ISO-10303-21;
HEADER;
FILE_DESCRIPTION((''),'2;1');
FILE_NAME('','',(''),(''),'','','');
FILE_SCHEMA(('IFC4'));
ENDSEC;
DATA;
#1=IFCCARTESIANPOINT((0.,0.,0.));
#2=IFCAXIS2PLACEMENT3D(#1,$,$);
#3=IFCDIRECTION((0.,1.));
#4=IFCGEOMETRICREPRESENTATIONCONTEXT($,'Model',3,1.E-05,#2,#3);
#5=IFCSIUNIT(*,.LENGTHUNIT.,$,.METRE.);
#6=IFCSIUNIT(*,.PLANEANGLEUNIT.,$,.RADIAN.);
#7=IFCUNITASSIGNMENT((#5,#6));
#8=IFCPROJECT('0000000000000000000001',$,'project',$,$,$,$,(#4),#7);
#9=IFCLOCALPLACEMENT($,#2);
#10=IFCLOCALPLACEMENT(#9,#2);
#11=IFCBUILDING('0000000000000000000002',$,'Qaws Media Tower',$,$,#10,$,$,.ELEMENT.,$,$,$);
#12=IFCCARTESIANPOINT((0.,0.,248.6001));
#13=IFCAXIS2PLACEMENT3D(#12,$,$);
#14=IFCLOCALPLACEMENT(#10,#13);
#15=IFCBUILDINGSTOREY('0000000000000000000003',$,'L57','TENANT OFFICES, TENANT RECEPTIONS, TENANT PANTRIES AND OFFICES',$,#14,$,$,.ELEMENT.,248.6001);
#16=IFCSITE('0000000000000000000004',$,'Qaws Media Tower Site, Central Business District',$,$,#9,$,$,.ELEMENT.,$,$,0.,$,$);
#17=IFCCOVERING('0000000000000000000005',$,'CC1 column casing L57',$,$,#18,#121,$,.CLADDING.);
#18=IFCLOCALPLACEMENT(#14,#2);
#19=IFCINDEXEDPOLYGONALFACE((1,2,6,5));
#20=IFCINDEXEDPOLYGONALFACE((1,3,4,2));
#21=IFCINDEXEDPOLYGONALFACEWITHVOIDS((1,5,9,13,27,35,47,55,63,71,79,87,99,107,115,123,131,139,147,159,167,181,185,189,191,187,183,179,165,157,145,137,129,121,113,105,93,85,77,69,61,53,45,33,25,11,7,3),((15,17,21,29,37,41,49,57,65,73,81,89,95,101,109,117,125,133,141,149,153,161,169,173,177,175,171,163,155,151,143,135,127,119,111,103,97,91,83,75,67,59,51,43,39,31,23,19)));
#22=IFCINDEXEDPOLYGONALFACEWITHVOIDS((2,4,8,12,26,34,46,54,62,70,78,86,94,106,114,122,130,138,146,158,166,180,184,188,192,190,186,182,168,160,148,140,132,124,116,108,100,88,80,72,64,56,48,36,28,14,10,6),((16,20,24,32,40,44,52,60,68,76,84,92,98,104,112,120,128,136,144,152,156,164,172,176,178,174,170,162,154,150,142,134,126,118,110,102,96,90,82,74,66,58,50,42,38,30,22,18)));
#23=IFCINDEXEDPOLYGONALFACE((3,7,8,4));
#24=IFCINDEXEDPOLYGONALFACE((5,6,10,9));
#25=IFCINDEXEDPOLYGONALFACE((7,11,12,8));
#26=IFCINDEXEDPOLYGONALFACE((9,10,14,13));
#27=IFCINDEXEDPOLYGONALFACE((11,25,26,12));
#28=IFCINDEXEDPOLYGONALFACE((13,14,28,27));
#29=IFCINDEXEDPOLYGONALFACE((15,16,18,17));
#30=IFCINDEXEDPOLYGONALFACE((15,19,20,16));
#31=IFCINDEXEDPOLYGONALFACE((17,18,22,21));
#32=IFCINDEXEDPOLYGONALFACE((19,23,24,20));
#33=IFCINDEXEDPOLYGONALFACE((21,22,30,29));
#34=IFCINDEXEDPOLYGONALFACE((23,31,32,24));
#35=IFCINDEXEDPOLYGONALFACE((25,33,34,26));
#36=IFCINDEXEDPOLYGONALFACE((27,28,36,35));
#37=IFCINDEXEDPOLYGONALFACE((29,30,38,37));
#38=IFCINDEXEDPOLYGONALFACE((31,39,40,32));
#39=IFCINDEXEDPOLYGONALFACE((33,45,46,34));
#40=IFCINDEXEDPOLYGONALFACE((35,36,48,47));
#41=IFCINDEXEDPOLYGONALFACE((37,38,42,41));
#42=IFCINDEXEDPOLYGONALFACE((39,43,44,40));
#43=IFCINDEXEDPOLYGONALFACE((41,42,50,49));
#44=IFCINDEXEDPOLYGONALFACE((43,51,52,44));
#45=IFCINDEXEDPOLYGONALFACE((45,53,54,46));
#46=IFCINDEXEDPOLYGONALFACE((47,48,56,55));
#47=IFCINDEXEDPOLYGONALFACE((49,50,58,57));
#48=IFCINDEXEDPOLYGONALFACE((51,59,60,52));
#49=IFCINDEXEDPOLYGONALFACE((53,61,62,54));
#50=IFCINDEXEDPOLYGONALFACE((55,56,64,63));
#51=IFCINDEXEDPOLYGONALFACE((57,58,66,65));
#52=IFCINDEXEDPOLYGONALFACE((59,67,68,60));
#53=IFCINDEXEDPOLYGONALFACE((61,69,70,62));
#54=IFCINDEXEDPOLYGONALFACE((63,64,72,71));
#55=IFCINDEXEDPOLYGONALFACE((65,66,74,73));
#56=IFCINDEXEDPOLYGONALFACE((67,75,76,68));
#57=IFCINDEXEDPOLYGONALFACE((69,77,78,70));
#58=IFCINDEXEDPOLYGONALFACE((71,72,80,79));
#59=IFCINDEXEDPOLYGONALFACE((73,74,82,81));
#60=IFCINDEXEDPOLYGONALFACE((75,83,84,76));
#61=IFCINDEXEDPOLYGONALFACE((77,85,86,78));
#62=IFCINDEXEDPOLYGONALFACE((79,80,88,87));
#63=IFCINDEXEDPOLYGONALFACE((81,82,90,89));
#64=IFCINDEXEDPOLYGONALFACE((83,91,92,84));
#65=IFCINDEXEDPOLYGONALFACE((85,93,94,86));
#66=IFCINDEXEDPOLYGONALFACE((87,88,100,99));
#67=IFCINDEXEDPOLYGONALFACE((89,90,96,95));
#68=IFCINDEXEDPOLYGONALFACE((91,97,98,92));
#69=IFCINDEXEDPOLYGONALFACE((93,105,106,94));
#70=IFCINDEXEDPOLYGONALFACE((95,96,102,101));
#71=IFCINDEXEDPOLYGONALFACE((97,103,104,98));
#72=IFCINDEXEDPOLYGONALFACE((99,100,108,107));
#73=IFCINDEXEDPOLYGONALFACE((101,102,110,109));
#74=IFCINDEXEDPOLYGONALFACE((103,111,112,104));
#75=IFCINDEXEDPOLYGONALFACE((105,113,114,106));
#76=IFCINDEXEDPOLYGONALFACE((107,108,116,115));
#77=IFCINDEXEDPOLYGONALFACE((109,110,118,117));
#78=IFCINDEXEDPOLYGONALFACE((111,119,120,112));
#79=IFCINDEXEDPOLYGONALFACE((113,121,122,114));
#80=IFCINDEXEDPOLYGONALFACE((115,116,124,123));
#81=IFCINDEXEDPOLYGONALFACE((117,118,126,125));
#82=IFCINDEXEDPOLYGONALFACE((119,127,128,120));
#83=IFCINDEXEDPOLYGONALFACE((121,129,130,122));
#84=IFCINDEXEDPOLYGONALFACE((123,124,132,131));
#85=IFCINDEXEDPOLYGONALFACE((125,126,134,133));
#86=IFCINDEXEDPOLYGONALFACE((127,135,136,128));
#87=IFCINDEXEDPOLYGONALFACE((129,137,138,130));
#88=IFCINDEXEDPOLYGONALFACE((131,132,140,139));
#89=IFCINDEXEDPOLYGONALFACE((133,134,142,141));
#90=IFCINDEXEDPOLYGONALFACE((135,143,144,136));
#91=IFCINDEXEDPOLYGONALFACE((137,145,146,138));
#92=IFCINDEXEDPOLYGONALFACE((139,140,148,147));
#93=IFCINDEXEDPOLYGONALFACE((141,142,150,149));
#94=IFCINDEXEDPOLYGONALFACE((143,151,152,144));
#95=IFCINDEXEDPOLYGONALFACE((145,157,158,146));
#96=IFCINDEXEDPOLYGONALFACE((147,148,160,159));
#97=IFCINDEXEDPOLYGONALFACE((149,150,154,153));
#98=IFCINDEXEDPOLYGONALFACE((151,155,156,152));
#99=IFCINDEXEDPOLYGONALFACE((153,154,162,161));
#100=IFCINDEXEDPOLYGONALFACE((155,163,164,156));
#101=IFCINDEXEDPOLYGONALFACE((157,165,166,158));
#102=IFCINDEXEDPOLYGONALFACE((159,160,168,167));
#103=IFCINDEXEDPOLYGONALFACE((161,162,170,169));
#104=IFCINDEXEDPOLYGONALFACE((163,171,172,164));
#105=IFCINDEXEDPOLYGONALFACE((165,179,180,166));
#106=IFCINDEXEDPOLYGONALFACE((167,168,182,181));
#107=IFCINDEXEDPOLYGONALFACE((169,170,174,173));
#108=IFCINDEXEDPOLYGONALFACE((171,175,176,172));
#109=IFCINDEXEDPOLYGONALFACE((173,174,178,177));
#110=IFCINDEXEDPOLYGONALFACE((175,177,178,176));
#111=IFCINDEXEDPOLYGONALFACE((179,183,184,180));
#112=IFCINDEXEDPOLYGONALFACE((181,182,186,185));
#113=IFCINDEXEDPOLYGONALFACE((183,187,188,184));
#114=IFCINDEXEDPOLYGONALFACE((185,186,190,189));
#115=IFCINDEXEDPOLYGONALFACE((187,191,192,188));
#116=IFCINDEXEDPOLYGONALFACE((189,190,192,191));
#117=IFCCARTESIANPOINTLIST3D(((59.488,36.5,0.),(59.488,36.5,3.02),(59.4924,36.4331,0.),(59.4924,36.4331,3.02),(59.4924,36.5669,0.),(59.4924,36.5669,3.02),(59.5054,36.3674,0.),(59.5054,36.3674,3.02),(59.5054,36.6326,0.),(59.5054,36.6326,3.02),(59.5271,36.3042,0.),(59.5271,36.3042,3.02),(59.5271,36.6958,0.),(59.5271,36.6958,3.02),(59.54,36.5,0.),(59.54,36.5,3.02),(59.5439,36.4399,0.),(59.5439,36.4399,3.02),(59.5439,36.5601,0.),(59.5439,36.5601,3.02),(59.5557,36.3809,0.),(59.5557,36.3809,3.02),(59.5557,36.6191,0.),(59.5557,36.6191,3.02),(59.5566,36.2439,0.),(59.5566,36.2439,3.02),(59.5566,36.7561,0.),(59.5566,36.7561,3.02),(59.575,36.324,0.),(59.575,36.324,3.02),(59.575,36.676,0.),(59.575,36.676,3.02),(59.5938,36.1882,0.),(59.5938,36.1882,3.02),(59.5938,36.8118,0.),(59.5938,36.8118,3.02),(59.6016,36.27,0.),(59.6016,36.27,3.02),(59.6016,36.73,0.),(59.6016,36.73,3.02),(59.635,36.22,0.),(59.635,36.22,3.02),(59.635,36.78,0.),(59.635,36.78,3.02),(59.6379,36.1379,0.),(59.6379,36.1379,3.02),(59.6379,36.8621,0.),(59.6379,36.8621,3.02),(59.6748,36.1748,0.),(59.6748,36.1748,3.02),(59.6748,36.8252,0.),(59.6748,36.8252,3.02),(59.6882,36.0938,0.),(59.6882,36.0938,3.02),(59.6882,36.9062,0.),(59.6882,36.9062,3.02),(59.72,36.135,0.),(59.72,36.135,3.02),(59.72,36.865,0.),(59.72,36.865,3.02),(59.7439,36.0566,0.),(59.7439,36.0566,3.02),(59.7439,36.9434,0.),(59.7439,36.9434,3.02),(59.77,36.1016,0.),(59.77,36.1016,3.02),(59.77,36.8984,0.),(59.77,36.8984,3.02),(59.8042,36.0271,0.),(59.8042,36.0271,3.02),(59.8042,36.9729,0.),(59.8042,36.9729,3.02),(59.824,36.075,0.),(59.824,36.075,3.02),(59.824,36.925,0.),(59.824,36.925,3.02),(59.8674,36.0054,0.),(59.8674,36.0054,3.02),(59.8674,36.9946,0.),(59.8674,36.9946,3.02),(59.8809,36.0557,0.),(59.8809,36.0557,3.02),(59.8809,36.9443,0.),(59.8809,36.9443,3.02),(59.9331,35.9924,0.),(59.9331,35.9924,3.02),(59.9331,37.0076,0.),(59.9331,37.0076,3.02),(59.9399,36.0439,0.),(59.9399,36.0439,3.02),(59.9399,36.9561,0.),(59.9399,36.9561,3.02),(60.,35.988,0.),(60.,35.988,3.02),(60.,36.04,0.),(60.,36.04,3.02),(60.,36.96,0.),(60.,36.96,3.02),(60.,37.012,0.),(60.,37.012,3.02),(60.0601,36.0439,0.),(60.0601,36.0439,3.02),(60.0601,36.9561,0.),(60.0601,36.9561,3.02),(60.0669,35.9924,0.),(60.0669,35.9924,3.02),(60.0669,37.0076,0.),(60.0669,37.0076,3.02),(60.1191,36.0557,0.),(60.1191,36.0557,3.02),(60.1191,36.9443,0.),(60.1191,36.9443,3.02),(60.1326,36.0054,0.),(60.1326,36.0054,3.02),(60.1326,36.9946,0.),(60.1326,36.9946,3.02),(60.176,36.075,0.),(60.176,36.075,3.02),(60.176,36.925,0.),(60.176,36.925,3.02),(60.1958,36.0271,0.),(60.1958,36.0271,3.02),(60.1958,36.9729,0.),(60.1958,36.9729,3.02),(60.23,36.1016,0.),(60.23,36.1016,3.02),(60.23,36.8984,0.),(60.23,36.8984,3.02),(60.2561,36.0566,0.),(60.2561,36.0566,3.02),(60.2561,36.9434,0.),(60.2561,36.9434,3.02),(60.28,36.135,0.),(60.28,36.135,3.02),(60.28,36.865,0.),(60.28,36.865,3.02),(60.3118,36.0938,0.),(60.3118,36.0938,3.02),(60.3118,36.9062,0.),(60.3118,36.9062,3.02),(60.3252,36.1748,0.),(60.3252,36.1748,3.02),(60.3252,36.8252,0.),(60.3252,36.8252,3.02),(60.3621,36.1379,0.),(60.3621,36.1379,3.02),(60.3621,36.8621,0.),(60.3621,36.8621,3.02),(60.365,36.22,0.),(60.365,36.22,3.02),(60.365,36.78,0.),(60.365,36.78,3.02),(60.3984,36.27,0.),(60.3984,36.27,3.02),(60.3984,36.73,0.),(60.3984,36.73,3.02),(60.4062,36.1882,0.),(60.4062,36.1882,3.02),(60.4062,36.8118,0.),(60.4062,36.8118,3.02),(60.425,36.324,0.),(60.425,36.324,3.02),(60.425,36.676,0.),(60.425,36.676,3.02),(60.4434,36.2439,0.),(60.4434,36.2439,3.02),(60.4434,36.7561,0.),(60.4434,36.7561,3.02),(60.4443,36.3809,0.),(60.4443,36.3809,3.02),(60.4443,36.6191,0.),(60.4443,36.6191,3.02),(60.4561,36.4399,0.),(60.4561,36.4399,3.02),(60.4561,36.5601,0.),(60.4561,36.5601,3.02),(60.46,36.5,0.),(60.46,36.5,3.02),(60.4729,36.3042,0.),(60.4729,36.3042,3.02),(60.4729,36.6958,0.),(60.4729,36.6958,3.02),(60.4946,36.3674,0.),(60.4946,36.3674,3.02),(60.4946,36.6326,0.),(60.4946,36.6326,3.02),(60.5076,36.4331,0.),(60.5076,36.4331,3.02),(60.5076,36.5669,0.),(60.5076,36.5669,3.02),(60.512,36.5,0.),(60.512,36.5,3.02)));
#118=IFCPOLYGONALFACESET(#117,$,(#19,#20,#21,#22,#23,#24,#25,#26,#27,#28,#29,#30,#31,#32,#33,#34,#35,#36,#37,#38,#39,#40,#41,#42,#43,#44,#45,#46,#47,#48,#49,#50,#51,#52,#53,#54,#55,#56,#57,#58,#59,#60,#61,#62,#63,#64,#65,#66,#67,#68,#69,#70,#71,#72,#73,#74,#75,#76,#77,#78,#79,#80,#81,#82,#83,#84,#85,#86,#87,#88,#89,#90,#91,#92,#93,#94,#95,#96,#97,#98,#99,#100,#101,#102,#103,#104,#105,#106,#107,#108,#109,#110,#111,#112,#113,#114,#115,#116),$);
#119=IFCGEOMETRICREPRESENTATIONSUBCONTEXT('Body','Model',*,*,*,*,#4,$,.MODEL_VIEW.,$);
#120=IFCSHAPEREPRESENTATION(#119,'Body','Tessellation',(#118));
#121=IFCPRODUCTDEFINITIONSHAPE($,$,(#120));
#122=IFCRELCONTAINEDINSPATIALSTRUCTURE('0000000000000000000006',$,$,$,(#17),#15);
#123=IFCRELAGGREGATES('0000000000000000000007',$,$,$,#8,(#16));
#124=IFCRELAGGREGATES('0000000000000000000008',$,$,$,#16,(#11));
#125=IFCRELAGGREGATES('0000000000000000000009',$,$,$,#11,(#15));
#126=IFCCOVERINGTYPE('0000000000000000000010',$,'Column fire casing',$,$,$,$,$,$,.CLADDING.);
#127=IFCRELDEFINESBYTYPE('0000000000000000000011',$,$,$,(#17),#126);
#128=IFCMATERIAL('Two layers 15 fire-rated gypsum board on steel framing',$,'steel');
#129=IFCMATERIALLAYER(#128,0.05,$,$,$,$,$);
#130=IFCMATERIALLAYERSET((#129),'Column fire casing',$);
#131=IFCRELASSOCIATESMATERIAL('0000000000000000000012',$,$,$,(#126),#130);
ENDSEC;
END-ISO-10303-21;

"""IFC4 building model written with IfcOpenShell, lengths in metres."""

from ifc_helpers import new_model, si_unit, direction, frame, origin, place, context, subcontext, project, spatial, polyline, outline, extrude, material, layer, layer_set, type_object, element, save


model = new_model("IFC4")

# Units and contexts
model_context = context("Model", 3, precision=1e-05, world=origin(), true_north=direction((0.0, 1.0)))
body_context = subcontext(model_context, "Body", "Model", "MODEL_VIEW")
ifc_project = project(units=[si_unit("LENGTHUNIT", "METRE"), si_unit("PLANEANGLEUNIT", "RADIAN")], contexts=[model_context])

# Site, building, storey
site_placement = place(None, origin())
site = spatial("IfcSite", under=ifc_project, at=site_placement, Name="Qaws Media Tower Site, Central Business District", CompositionType="ELEMENT", RefElevation=0.0)
building_placement = place(site_placement, origin())
building = spatial("IfcBuilding", under=site, at=building_placement, Name="Qaws Media Tower", CompositionType="ELEMENT")
storey_placement = place(building_placement, frame((0.0, 0.0, 248.6001)))
storey = spatial("IfcBuildingStorey", under=building, at=storey_placement, Name="L57", Description="TENANT OFFICES, TENANT RECEPTIONS, TENANT PANTRIES AND OFFICES", CompositionType="ELEMENT", Elevation=248.6001)

# Covering
ifc_material_1 = material(Name="Two layers 15 fire-rated gypsum board on steel framing", Category="steel")
ifc_layer_1 = layer(ifc_material_1, 0.05)
ifc_layer_set_1 = layer_set([ifc_layer_1], Name="Column fire casing")
covering_type = type_object("IfcCoveringType", Name="Column fire casing", PredefinedType="CLADDING", material=ifc_layer_set_1)
covering_1_placement = place(storey_placement, origin())
element("IfcCovering", 1, at=covering_1_placement, inside=storey, type_object=covering_type, Name="CC1 column casing L57", PredefinedType="CLADDING", context=body_context, shape_type="SweptSolid", body=[
    extrude(outline(polyline([(60.512, 36.5), (60.5076, 36.4331), (60.4946, 36.3674), (60.4729, 36.3042), (60.4434, 36.2439), (60.4062, 36.1882), (60.3621, 36.1379), (60.3118, 36.0938), (60.2561, 36.0566), (60.1958, 36.0271), (60.1326, 36.0054), (60.0669, 35.9924), (60.0, 35.988), (59.9331, 35.9924), (59.8674, 36.0054), (59.8042, 36.0271), (59.7439, 36.0566), (59.6882, 36.0938), (59.6379, 36.1379), (59.5938, 36.1882), (59.5566, 36.2439), (59.5271, 36.3042), (59.5054, 36.3674), (59.4924, 36.4331), (59.488, 36.5), (59.4924, 36.5669), (59.5054, 36.6326), (59.5271, 36.6958), (59.5566, 36.7561), (59.5938, 36.8118), (59.6379, 36.8621), (59.6882, 36.9062), (59.7439, 36.9434), (59.8042, 36.9729), (59.8674, 36.9946), (59.9331, 37.0076), (60.0, 37.012), (60.0669, 37.0076), (60.1326, 36.9946), (60.1958, 36.9729), (60.2561, 36.9434), (60.3118, 36.9062), (60.3621, 36.8621), (60.4062, 36.8118), (60.4434, 36.7561), (60.4729, 36.6958), (60.4946, 36.6326), (60.5076, 36.5669), (60.512, 36.5)]), holes=[polyline([(60.46, 36.5), (60.4561, 36.4399), (60.4443, 36.3809), (60.425, 36.324), (60.3984, 36.27), (60.365, 36.22), (60.3252, 36.1748), (60.28, 36.135), (60.23, 36.1016), (60.176, 36.075), (60.1191, 36.0557), (60.0601, 36.0439), (60.0, 36.04), (59.9399, 36.0439), (59.8809, 36.0557), (59.824, 36.075), (59.77, 36.1016), (59.72, 36.135), (59.6748, 36.1748), (59.635, 36.22), (59.6016, 36.27), (59.575, 36.324), (59.5557, 36.3809), (59.5439, 36.4399), (59.54, 36.5), (59.5439, 36.5601), (59.5557, 36.6191), (59.575, 36.676), (59.6016, 36.73), (59.635, 36.78), (59.6748, 36.8252), (59.72, 36.865), (59.77, 36.8984), (59.824, 36.925), (59.8809, 36.9443), (59.9399, 36.9561), (60.0, 36.96), (60.0601, 36.9561), (60.1191, 36.9443), (60.176, 36.925), (60.23, 36.8984), (60.28, 36.865), (60.3252, 36.8252), (60.365, 36.78), (60.3984, 36.73), (60.425, 36.676), (60.4443, 36.6191), (60.4561, 36.5601), (60.46, 36.5)])]), origin(), (0.0, 0.0, 1.0), 3.02),
])

save(model, "model.ifc")
